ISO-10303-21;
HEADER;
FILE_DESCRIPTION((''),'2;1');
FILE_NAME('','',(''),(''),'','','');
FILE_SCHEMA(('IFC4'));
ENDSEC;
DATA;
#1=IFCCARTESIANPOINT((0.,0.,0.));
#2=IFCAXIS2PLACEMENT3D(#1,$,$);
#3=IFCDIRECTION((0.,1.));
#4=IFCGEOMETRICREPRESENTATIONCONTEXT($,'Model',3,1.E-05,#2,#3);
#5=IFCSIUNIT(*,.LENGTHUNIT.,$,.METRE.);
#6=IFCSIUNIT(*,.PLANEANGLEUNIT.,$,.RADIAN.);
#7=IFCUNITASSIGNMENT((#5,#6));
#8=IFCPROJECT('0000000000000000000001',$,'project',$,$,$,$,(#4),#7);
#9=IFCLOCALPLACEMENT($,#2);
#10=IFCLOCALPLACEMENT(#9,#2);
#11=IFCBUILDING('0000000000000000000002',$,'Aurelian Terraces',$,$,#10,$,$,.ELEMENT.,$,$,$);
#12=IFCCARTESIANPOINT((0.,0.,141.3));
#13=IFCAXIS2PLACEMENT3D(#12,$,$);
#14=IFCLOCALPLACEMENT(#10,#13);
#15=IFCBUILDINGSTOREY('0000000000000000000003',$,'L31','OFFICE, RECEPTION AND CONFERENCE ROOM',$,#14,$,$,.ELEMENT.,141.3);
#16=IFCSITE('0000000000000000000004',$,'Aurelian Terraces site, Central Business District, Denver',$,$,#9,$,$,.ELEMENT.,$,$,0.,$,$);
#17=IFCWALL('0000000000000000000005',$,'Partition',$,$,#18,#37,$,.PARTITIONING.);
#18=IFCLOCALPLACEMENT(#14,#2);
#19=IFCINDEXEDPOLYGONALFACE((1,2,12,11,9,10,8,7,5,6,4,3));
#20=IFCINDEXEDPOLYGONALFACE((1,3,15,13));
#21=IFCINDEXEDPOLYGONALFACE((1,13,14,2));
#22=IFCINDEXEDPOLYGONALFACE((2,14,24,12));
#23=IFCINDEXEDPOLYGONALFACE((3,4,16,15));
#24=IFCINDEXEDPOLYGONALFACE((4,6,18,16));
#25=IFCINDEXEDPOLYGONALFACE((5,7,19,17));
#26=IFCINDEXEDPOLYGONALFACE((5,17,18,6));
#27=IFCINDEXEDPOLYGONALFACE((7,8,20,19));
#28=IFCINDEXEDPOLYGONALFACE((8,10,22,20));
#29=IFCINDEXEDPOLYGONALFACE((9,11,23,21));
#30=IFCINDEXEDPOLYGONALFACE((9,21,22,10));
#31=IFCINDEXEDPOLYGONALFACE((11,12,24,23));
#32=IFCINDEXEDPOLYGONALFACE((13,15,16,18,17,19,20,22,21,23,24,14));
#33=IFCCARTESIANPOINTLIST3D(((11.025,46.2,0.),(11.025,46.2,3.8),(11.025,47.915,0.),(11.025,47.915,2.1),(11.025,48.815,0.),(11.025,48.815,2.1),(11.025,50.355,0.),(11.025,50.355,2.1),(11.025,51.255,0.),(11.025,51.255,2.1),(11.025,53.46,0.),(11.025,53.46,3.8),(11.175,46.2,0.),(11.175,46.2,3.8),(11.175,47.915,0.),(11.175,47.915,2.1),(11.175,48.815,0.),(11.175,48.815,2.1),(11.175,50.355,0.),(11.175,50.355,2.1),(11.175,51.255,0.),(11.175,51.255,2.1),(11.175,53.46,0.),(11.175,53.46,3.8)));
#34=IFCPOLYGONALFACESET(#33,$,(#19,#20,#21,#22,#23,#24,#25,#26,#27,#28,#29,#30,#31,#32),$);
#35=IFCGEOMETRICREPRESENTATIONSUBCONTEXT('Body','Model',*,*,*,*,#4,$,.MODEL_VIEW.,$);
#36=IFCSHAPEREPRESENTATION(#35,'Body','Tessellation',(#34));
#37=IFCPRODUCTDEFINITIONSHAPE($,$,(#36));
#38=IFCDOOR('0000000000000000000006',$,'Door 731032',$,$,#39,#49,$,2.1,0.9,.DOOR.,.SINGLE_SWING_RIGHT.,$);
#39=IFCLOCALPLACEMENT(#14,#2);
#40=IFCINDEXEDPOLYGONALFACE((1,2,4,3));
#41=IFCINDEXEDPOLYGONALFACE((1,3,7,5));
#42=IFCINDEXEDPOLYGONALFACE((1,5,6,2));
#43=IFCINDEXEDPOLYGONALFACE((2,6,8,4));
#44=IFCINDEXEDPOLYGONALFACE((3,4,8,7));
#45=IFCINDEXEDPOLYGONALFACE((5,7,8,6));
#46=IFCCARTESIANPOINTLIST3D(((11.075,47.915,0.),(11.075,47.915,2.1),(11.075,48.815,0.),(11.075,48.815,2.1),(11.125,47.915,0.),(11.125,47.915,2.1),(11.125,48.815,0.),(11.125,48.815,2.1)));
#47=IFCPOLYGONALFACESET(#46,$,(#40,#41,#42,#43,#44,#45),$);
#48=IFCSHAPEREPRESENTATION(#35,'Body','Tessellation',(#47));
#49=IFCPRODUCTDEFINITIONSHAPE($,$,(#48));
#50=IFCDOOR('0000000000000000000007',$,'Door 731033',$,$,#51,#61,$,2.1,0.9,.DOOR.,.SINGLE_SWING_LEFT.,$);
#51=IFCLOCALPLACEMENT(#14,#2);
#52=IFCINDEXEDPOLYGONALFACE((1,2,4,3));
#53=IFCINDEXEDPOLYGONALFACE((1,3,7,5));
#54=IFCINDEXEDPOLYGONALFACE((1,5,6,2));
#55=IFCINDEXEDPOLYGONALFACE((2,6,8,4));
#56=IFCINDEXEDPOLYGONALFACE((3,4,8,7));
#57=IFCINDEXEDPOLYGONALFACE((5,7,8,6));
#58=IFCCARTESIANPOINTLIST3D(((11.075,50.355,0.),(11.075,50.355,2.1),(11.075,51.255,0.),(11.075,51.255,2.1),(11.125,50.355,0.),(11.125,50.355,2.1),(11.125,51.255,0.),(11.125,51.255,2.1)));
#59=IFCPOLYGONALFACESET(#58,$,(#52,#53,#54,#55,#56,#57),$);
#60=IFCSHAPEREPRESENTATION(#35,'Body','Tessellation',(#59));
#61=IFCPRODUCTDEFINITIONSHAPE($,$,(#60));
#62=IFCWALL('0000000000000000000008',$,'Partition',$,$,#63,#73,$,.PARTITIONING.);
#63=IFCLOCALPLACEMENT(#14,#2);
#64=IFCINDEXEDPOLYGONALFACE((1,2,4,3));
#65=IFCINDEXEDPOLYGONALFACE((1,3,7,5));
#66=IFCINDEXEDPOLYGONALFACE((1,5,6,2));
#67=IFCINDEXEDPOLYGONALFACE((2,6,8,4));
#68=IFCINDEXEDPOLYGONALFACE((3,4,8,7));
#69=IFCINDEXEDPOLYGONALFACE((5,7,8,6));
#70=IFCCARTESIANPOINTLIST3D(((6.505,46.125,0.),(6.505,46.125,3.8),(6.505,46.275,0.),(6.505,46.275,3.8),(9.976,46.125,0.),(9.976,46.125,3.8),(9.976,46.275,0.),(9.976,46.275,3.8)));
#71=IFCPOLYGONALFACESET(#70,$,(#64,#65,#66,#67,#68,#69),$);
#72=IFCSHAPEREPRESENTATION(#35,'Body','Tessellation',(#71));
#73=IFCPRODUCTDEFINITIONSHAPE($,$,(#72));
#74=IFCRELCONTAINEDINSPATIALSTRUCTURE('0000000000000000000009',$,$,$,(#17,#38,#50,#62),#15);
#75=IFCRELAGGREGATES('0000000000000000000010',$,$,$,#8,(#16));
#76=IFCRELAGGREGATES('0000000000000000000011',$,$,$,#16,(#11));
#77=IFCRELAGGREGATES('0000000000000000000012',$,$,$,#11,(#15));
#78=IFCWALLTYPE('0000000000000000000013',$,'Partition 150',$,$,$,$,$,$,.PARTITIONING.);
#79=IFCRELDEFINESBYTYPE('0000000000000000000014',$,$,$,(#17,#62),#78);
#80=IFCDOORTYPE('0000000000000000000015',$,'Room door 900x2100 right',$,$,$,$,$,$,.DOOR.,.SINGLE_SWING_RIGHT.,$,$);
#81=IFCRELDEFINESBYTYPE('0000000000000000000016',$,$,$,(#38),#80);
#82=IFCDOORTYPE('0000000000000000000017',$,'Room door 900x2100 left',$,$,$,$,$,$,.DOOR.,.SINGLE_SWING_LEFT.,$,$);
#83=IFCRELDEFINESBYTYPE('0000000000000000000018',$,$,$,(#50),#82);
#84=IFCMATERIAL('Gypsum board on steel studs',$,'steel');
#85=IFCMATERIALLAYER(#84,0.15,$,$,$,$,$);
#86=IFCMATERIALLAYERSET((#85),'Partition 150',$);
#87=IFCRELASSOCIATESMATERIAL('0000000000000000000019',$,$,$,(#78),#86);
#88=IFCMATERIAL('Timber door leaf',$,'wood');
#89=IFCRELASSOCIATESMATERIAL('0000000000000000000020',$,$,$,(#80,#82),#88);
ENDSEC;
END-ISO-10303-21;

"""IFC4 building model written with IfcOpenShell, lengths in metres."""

from ifc_helpers import new_model, si_unit, direction, frame, frame_2d, origin, place, context, subcontext, project, spatial, rectangle, extrude, source, transform, mapped, material, layer, layer_set, type_object, element, fill, save


model = new_model("IFC4")

# Units and contexts
model_context = context("Model", 3, precision=1e-05, world=origin(), true_north=direction((0.0, 1.0)))
body_context = subcontext(model_context, "Body", "Model", "MODEL_VIEW")
ifc_project = project(units=[si_unit("LENGTHUNIT", "METRE"), si_unit("PLANEANGLEUNIT", "RADIAN")], contexts=[model_context])

# Site, building, storey
site_placement = place(None, origin())
site = spatial("IfcSite", under=ifc_project, at=site_placement, Name="Aurelian Terraces site, Central Business District, Denver", CompositionType="ELEMENT", RefElevation=0.0)
building_placement = place(site_placement, origin())
building = spatial("IfcBuilding", under=site, at=building_placement, Name="Aurelian Terraces", CompositionType="ELEMENT")
storey_placement = place(building_placement, frame((0.0, 0.0, 141.3)))
storey = spatial("IfcBuildingStorey", under=building, at=storey_placement, Name="L31", Description="OFFICE, RECEPTION AND CONFERENCE ROOM", CompositionType="ELEMENT", Elevation=141.3)

# Shared definitions
ifc_material_1 = material(Name="Gypsum board on steel studs", Category="steel")
shared_shape_1 = source(origin(), body_context, "Body", "SweptSolid", [
    extrude(rectangle(XDim=0.9, YDim=2.1, at=frame_2d((0.45, 1.05))), frame((0.0, 0.025, 0.0), z_axis=(0.0, -1.0, 0.0), x_axis=(1.0, 0.0, 0.0)), (0.0, 0.0, 1.0), 0.05),
])

# Shared definitions
ifc_layer_1 = layer(ifc_material_1, 0.15)
ifc_layer_set_1 = layer_set([ifc_layer_1], Name="Partition 150")
wall_type_1 = type_object("IfcWallType", Name="Partition 150", PredefinedType="PARTITIONING", material=ifc_layer_set_1)

# Shared definitions
shared_shape_2 = source(origin(), body_context, "Body", "SweptSolid", [
    extrude(rectangle(XDim=0.9, YDim=2.1, at=frame_2d((0.45, 1.05))), frame((0.0, 0.085, 0.0), z_axis=(0.0, -1.0, 0.0), x_axis=(1.0, 0.0, 0.0)), (0.0, 0.0, 1.0), 0.17),
])
ifc_material_2 = material(Name="Timber door leaf", Category="wood")
door_type_1 = type_object("IfcDoorType", Name="Room door 900x2100 right", OperationType="SINGLE_SWING_RIGHT", PredefinedType="DOOR", material=ifc_material_2)

# Wall, openings, doors
shared_shape_3 = source(origin(), body_context, "Body", "SweptSolid", [
    extrude(rectangle(XDim=7.26, YDim=0.15, at=frame_2d((3.63, 0.0))), origin(), (0.0, 0.0, 1.0), 3.8),
])
wall_1_placement = place(storey_placement, frame((11.1, 46.2, 0.0), z_axis=(0.0, 0.0, 1.0), x_axis=(0.0, 1.0, 0.0)))
wall_1 = element("IfcWall", 1, at=wall_1_placement, inside=storey, type_object=wall_type_1, Name="Partition", PredefinedType="PARTITIONING", context=body_context, shape_type="MappedRepresentation", body=[
    mapped(shared_shape_3, transform((0.0, 0.0, 0.0), scale=1.0)),
])
opening_1_placement = place(wall_1_placement, frame((1.715, 0.0, 0.0)))
opening_1 = element("IfcOpeningElement", 2, at=opening_1_placement, cuts=wall_1, PredefinedType="OPENING", context=body_context, shape_type="MappedRepresentation", body=[
    mapped(shared_shape_2, transform((0.0, 0.0, 0.0), scale=1.0)),
])
opening_2_placement = place(wall_1_placement, frame((4.155, 0.0, 0.0)))
opening_2 = element("IfcOpeningElement", 3, at=opening_2_placement, cuts=wall_1, PredefinedType="OPENING", context=body_context, shape_type="MappedRepresentation", body=[
    mapped(shared_shape_2, transform((0.0, 0.0, 0.0), scale=1.0)),
])
door_1_placement = place(opening_1_placement, origin())
door_1 = element("IfcDoor", 4, at=door_1_placement, inside=storey, type_object=door_type_1, Name="Door 731032", OperationType="SINGLE_SWING_RIGHT", OverallHeight=2.1, OverallWidth=0.9, PredefinedType="DOOR", context=body_context, shape_type="MappedRepresentation", body=[
    mapped(shared_shape_1, transform((0.0, 0.0, 0.0), scale=1.0)),
])
fill(opening_1, door_1)
door_type_2 = type_object("IfcDoorType", Name="Room door 900x2100 left", OperationType="SINGLE_SWING_LEFT", PredefinedType="DOOR", material=ifc_material_2)
door_2_placement = place(opening_2_placement, origin())
door_2 = element("IfcDoor", 5, at=door_2_placement, inside=storey, type_object=door_type_2, Name="Door 731033", OperationType="SINGLE_SWING_LEFT", OverallHeight=2.1, OverallWidth=0.9, PredefinedType="DOOR", context=body_context, shape_type="MappedRepresentation", body=[
    mapped(shared_shape_1, transform((0.0, 0.0, 0.0), scale=1.0)),
])
fill(opening_2, door_2)

# Wall
shared_shape_4 = source(origin(), body_context, "Body", "SweptSolid", [
    extrude(rectangle(XDim=3.471, YDim=0.15, at=frame_2d((1.7355, 0.0))), origin(), (0.0, 0.0, 1.0), 3.8),
])
wall_2_placement = place(storey_placement, frame((9.976, 46.2, 0.0), z_axis=(0.0, 0.0, 1.0), x_axis=(-1.0, 0.0, 0.0)))
element("IfcWall", 6, at=wall_2_placement, inside=storey, type_object=wall_type_1, Name="Partition", PredefinedType="PARTITIONING", context=body_context, shape_type="MappedRepresentation", body=[
    mapped(shared_shape_4, transform((0.0, 0.0, 0.0), scale=1.0)),
])

save(model, "model.ifc")
